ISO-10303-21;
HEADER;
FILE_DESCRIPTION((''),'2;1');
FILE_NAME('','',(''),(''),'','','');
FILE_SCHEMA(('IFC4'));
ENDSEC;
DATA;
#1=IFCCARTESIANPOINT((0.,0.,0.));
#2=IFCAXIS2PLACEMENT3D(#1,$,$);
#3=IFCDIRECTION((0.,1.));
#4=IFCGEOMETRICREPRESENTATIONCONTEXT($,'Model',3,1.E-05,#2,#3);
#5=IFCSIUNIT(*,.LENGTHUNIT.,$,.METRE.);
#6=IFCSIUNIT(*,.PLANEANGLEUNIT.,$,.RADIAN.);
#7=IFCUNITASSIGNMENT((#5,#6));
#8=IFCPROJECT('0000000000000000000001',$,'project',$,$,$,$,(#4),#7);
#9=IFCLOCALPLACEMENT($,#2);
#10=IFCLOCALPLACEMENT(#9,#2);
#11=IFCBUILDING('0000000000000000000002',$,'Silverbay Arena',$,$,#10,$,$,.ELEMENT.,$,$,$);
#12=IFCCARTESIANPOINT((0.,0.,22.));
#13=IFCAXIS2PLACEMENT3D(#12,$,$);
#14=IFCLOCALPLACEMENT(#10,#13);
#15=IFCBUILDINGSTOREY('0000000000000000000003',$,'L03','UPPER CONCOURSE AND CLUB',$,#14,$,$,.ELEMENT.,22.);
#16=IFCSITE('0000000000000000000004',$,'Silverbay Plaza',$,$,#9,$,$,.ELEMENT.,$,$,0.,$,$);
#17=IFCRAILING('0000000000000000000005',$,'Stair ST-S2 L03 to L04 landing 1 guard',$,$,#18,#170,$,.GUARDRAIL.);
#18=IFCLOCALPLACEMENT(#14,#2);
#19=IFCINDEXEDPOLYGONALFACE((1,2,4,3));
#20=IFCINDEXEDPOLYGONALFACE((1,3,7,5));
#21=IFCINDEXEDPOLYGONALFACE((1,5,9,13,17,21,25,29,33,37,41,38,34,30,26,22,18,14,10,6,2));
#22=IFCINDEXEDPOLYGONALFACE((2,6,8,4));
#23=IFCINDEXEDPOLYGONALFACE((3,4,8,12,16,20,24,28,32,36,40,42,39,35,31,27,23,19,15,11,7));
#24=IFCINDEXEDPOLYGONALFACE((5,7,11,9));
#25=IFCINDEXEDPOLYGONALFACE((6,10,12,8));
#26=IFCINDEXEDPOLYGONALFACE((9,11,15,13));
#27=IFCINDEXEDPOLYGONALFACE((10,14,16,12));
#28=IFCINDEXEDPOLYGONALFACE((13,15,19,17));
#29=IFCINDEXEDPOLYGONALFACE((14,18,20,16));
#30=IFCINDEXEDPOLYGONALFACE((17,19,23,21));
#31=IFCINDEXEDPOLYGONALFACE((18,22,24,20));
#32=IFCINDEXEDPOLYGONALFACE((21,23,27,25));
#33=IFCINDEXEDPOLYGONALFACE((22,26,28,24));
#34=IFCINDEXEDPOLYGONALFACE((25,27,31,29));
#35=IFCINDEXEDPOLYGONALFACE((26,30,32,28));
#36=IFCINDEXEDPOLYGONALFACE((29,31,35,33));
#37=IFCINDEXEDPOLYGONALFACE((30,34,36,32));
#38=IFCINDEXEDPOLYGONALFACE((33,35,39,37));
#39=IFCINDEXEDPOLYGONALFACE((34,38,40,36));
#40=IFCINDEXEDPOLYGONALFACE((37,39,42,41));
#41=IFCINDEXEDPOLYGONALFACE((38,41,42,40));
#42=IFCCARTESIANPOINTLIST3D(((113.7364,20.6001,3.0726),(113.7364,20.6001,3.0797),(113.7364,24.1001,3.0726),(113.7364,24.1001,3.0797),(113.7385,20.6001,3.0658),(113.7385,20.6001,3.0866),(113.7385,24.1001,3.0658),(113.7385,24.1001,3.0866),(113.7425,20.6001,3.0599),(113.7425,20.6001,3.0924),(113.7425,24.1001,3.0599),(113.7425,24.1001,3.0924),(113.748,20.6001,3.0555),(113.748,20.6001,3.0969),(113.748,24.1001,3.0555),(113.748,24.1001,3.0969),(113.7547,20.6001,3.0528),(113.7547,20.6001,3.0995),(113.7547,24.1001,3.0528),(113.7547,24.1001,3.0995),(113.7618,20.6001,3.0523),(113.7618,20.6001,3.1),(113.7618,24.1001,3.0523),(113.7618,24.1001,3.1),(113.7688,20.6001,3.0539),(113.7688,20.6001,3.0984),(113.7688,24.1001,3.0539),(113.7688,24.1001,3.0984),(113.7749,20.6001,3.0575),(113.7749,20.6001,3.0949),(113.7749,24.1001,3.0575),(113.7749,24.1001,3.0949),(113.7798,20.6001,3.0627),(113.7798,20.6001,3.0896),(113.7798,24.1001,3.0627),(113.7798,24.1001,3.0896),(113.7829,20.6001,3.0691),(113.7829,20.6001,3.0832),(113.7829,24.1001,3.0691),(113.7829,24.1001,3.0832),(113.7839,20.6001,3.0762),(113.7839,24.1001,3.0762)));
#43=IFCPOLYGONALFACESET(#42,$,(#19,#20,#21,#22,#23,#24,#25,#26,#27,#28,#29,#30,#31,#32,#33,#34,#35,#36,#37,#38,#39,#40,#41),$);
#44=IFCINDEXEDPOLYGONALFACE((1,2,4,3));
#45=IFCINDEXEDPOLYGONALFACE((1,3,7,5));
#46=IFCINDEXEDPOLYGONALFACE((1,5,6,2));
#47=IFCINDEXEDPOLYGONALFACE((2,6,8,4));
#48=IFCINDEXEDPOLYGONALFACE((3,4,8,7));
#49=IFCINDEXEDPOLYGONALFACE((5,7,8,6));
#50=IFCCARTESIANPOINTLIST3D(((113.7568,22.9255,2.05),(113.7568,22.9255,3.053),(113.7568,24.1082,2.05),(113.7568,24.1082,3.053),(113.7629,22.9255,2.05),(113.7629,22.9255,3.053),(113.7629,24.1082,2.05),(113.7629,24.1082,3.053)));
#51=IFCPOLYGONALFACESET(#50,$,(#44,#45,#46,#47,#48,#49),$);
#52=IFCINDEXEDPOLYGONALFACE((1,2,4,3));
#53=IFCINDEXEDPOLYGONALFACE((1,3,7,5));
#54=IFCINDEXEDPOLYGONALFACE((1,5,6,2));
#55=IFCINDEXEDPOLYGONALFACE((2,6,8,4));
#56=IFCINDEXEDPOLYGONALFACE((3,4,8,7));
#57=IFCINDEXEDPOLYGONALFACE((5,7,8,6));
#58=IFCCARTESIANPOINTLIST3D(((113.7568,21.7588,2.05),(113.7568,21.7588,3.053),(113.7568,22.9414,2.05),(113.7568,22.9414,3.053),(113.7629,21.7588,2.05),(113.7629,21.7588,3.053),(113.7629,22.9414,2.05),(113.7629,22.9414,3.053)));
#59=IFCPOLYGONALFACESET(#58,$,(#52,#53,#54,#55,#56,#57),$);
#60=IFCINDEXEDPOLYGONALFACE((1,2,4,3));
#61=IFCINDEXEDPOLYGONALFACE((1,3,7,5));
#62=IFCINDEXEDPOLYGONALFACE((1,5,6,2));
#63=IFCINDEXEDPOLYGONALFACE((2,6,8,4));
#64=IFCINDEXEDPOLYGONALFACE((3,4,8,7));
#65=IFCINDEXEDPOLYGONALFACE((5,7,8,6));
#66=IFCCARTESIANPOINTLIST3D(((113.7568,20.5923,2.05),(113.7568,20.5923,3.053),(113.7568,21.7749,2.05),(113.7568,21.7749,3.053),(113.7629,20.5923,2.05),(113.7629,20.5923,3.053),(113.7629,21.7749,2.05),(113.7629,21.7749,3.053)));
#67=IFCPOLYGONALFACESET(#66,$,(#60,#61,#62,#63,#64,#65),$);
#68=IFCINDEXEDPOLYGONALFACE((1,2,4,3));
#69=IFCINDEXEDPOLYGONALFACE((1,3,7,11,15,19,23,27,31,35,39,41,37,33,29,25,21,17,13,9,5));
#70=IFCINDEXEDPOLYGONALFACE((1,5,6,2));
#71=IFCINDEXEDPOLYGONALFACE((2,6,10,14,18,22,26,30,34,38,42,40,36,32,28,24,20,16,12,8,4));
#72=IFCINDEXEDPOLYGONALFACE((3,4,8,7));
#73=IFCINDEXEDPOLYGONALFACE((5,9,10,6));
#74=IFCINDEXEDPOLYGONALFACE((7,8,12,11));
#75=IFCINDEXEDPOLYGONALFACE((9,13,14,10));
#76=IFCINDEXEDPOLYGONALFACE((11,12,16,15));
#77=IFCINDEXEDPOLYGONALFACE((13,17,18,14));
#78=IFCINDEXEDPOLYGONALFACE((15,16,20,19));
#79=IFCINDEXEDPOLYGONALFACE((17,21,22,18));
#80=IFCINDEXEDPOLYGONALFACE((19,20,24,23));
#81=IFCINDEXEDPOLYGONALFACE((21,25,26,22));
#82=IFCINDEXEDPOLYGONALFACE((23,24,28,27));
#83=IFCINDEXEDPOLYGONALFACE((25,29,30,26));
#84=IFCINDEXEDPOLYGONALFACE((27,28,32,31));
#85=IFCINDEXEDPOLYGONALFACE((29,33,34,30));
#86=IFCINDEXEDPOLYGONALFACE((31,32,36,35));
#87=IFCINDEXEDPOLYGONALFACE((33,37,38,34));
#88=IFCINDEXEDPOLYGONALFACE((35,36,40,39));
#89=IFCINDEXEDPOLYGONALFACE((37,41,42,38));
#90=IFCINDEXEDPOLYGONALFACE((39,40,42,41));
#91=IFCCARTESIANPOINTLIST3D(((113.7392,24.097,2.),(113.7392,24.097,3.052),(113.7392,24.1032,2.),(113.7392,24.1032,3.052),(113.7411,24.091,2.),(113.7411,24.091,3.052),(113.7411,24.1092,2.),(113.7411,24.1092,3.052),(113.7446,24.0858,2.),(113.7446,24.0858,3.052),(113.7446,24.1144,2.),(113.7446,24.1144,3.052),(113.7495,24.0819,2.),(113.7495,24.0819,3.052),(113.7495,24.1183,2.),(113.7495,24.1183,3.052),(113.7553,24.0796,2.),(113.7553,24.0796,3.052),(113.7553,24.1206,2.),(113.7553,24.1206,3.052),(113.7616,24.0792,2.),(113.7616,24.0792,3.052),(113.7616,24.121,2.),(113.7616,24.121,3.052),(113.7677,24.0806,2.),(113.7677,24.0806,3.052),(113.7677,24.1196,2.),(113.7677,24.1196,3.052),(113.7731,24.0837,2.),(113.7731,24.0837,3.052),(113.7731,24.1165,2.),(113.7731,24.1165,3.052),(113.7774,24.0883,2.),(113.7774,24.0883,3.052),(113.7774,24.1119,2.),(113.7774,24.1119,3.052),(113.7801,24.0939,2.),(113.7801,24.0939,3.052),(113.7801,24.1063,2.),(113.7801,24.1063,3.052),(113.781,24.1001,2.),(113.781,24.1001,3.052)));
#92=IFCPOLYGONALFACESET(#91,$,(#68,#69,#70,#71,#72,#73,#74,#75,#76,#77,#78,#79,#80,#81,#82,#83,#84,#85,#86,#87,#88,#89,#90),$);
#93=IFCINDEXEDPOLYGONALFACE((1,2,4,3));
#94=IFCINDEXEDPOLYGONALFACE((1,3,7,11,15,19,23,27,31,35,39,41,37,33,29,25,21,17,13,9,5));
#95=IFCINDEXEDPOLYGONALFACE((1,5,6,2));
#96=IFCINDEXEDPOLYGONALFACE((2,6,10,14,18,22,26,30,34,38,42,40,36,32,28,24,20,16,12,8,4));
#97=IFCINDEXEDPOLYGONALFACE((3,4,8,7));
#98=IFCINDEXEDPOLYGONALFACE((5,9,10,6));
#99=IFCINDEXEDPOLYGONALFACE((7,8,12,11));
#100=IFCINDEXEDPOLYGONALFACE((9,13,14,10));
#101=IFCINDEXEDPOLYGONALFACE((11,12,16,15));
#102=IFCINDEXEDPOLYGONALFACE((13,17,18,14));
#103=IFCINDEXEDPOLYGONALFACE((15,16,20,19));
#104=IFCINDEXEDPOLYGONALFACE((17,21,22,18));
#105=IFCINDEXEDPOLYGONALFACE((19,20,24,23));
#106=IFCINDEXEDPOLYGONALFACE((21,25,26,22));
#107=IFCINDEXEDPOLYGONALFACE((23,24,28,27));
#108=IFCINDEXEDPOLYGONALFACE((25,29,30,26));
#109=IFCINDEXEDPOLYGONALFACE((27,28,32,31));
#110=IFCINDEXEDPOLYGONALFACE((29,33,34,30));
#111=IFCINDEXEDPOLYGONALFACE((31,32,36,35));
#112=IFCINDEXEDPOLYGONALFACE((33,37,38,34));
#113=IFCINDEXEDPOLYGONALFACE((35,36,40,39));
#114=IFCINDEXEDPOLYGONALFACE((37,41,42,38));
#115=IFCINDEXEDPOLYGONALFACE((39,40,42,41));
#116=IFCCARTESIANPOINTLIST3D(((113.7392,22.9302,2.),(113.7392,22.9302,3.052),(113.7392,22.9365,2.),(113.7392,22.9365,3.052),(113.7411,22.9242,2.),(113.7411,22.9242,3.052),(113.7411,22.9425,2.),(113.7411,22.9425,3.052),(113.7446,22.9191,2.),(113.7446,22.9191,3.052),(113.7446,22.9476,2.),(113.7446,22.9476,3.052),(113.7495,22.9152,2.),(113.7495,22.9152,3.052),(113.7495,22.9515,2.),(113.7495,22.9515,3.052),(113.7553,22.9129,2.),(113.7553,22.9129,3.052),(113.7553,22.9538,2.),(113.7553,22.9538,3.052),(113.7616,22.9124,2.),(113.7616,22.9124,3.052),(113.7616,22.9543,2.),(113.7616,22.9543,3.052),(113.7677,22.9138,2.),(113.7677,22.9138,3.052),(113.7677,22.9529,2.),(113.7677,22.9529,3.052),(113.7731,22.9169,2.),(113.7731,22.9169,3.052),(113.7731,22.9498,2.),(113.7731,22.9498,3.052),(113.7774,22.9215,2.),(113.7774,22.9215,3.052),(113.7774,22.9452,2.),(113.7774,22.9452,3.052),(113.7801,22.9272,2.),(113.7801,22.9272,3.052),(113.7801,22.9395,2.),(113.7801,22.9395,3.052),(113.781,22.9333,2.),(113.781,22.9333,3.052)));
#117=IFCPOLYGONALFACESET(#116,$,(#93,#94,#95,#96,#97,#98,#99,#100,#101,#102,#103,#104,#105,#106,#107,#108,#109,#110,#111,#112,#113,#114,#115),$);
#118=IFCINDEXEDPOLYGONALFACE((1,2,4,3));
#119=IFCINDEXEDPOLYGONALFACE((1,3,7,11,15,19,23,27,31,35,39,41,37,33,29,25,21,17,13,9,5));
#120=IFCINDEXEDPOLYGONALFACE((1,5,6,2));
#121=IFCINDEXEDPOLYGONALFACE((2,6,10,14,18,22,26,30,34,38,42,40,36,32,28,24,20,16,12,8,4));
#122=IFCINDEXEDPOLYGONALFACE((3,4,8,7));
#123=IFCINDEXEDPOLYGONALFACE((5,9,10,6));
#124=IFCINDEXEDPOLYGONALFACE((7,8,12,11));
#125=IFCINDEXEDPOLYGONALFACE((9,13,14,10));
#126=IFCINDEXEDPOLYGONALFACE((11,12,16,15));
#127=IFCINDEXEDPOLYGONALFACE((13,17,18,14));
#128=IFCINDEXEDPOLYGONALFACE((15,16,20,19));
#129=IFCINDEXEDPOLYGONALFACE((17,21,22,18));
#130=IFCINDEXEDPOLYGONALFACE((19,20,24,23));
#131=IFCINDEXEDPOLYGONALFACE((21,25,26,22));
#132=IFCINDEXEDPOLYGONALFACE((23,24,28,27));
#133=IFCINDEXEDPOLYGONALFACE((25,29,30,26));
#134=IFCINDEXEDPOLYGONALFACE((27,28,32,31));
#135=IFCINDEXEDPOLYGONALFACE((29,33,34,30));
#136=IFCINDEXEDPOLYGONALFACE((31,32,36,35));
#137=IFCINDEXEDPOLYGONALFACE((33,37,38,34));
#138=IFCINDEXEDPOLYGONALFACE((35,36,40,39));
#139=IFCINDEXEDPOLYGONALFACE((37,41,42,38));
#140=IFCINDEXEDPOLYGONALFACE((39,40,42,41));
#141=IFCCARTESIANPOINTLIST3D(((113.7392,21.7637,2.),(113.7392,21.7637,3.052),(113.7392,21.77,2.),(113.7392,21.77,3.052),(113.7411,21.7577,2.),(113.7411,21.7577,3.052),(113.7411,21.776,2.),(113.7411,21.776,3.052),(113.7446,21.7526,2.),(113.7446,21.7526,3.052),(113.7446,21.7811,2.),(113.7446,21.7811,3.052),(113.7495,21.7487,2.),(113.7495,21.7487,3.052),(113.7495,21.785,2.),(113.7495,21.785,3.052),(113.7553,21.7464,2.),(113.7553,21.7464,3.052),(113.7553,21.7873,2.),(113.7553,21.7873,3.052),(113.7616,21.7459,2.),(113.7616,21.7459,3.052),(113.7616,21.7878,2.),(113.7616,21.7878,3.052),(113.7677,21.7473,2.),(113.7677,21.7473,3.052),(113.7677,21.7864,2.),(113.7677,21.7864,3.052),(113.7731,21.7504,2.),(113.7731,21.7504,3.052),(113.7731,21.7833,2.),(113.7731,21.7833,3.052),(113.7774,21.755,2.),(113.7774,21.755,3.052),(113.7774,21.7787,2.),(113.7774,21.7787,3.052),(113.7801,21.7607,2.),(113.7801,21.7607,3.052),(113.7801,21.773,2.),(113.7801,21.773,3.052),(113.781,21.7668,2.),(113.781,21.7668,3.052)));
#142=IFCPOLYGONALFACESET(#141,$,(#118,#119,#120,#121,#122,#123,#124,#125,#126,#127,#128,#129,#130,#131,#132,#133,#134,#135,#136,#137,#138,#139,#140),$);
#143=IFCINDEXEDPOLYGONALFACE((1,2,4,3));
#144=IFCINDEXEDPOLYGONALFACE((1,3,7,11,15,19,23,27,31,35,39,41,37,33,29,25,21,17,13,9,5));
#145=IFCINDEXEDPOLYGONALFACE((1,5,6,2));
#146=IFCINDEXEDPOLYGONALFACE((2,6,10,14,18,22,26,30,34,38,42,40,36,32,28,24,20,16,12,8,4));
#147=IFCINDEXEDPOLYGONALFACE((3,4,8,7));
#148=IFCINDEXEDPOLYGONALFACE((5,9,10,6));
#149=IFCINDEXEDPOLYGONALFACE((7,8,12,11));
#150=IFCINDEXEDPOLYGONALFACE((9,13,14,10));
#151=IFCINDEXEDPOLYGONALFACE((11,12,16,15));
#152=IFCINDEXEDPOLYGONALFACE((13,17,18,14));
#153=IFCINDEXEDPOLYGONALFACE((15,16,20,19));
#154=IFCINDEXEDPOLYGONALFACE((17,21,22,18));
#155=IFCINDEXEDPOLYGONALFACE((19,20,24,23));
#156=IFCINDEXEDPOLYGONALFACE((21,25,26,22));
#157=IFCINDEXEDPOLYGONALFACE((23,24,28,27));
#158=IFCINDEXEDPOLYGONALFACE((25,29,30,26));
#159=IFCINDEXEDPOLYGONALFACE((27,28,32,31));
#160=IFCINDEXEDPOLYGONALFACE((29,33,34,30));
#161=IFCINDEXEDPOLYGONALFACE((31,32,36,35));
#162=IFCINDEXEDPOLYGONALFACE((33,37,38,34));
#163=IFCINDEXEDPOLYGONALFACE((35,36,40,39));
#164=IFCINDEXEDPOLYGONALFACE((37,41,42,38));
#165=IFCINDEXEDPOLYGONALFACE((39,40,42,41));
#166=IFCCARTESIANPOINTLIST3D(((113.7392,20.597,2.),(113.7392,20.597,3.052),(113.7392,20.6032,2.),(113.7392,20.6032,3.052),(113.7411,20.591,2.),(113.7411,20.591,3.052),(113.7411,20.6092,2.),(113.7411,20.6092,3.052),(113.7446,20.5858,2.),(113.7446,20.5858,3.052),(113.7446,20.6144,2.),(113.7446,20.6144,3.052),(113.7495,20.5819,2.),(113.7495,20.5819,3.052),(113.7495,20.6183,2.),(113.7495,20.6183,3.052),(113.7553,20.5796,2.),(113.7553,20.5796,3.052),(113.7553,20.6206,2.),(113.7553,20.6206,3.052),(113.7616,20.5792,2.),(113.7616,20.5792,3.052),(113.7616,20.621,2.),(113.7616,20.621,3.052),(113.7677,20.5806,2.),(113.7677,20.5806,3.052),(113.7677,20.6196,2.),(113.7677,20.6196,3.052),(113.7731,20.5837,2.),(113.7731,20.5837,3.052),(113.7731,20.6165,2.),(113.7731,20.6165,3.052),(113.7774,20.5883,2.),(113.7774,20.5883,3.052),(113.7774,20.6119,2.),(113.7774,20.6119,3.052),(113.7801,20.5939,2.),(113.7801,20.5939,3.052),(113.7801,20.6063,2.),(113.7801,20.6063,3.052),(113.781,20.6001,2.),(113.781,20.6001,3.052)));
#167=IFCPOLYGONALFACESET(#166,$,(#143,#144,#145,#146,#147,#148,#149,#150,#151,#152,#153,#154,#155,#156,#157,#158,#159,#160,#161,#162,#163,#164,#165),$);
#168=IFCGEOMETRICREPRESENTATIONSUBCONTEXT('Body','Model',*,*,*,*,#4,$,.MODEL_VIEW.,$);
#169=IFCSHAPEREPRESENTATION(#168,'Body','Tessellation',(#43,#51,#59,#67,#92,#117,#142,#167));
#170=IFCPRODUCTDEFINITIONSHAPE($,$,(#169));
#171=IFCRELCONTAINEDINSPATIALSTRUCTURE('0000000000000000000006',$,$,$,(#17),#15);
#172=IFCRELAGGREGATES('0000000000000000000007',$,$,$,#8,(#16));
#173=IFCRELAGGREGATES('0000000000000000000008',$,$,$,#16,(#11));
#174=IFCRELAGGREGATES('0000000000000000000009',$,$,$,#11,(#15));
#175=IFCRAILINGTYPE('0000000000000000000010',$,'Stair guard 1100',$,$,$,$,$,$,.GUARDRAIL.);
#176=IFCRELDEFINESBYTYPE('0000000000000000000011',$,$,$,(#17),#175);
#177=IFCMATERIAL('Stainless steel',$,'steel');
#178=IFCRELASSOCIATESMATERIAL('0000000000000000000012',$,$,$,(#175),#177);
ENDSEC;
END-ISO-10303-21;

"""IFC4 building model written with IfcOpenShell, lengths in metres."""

from ifc_helpers import new_model, si_unit, direction, frame, origin, origin_2d, place, context, subcontext, project, spatial, polyline, circle, outline, extrude, material, type_object, element, save


model = new_model("IFC4")

# Units and contexts
model_context = context("Model", 3, precision=1e-05, world=origin(), true_north=direction((0.0, 1.0)))
body_context = subcontext(model_context, "Body", "Model", "MODEL_VIEW")
ifc_project = project(units=[si_unit("LENGTHUNIT", "METRE"), si_unit("PLANEANGLEUNIT", "RADIAN")], contexts=[model_context])

# Site, building, storey
site_placement = place(None, origin())
site = spatial("IfcSite", under=ifc_project, at=site_placement, Name="Silverbay Plaza", CompositionType="ELEMENT", RefElevation=0.0)
building_placement = place(site_placement, origin())
building = spatial("IfcBuilding", under=site, at=building_placement, Name="Silverbay Arena", CompositionType="ELEMENT")
storey_placement = place(building_placement, frame((0.0, 0.0, 22.0)))
storey = spatial("IfcBuildingStorey", under=building, at=storey_placement, Name="L03", Description="UPPER CONCOURSE AND CLUB", CompositionType="ELEMENT", Elevation=22.0)

# Railing
ifc_material_1 = material(Name="Stainless steel", Category="steel")
railing_type_1 = type_object("IfcRailingType", Name="Stair guard 1100", PredefinedType="GUARDRAIL", material=ifc_material_1)
for number, where, name in (
    (1, (113.76, 24.1001, 2.0), "Stair ST-S2 L03 to L04 landing 1 guard"),
):
    element("IfcRailing", number, at=place(storey_placement, frame(where)), inside=storey, type_object=railing_type_1, Name=name, PredefinedType="GUARDRAIL", context=body_context, shape_type="SweptSolid", body=[
        extrude(circle(Radius=0.0239, at=origin_2d()), frame((0.0, 0.0, 1.0762), z_axis=(0.0, -1.0, 0.0), x_axis=(1.0, 0.0, 0.0)), (0.0, 0.0, 1.0), 3.5),
        extrude(outline(polyline([(-0.0081, 0.05), (1.1746, 0.05), (1.1746, 1.053), (-0.0081, 1.053), (-0.0081, 0.05)])), frame((0.0029, 0.0, 0.0), z_axis=(-1.0, 0.0, 0.0), x_axis=(0.0, -1.0, 0.0)), (0.0, 0.0, 1.0), 0.0061),
        extrude(outline(polyline([(-0.0081, 0.05), (1.1746, 0.05), (1.1746, 1.053), (-0.0081, 1.053), (-0.0081, 0.05)])), frame((0.0029, -1.1667, 0.0), z_axis=(-1.0, 0.0, 0.0), x_axis=(0.0, -1.0, 0.0)), (0.0, 0.0, 1.0), 0.0061),
        extrude(outline(polyline([(-0.0081, 0.05), (1.1746, 0.05), (1.1746, 1.053), (-0.0081, 1.053), (-0.0081, 0.05)])), frame((0.0029, -2.3333, 0.0), z_axis=(-1.0, 0.0, 0.0), x_axis=(0.0, -1.0, 0.0)), (0.0, 0.0, 1.0), 0.0061),
        extrude(circle(Radius=0.021, at=origin_2d()), origin(), (0.0, 0.0, 1.0), 1.052),
        extrude(circle(Radius=0.021, at=origin_2d()), frame((0.0, -1.1667, 0.0)), (0.0, 0.0, 1.0), 1.052),
        extrude(circle(Radius=0.021, at=origin_2d()), frame((0.0, -2.3333, 0.0)), (0.0, 0.0, 1.0), 1.052),
        extrude(circle(Radius=0.021, at=origin_2d()), frame((0.0, -3.5, 0.0)), (0.0, 0.0, 1.0), 1.052),
    ])

save(model, "model.ifc")
